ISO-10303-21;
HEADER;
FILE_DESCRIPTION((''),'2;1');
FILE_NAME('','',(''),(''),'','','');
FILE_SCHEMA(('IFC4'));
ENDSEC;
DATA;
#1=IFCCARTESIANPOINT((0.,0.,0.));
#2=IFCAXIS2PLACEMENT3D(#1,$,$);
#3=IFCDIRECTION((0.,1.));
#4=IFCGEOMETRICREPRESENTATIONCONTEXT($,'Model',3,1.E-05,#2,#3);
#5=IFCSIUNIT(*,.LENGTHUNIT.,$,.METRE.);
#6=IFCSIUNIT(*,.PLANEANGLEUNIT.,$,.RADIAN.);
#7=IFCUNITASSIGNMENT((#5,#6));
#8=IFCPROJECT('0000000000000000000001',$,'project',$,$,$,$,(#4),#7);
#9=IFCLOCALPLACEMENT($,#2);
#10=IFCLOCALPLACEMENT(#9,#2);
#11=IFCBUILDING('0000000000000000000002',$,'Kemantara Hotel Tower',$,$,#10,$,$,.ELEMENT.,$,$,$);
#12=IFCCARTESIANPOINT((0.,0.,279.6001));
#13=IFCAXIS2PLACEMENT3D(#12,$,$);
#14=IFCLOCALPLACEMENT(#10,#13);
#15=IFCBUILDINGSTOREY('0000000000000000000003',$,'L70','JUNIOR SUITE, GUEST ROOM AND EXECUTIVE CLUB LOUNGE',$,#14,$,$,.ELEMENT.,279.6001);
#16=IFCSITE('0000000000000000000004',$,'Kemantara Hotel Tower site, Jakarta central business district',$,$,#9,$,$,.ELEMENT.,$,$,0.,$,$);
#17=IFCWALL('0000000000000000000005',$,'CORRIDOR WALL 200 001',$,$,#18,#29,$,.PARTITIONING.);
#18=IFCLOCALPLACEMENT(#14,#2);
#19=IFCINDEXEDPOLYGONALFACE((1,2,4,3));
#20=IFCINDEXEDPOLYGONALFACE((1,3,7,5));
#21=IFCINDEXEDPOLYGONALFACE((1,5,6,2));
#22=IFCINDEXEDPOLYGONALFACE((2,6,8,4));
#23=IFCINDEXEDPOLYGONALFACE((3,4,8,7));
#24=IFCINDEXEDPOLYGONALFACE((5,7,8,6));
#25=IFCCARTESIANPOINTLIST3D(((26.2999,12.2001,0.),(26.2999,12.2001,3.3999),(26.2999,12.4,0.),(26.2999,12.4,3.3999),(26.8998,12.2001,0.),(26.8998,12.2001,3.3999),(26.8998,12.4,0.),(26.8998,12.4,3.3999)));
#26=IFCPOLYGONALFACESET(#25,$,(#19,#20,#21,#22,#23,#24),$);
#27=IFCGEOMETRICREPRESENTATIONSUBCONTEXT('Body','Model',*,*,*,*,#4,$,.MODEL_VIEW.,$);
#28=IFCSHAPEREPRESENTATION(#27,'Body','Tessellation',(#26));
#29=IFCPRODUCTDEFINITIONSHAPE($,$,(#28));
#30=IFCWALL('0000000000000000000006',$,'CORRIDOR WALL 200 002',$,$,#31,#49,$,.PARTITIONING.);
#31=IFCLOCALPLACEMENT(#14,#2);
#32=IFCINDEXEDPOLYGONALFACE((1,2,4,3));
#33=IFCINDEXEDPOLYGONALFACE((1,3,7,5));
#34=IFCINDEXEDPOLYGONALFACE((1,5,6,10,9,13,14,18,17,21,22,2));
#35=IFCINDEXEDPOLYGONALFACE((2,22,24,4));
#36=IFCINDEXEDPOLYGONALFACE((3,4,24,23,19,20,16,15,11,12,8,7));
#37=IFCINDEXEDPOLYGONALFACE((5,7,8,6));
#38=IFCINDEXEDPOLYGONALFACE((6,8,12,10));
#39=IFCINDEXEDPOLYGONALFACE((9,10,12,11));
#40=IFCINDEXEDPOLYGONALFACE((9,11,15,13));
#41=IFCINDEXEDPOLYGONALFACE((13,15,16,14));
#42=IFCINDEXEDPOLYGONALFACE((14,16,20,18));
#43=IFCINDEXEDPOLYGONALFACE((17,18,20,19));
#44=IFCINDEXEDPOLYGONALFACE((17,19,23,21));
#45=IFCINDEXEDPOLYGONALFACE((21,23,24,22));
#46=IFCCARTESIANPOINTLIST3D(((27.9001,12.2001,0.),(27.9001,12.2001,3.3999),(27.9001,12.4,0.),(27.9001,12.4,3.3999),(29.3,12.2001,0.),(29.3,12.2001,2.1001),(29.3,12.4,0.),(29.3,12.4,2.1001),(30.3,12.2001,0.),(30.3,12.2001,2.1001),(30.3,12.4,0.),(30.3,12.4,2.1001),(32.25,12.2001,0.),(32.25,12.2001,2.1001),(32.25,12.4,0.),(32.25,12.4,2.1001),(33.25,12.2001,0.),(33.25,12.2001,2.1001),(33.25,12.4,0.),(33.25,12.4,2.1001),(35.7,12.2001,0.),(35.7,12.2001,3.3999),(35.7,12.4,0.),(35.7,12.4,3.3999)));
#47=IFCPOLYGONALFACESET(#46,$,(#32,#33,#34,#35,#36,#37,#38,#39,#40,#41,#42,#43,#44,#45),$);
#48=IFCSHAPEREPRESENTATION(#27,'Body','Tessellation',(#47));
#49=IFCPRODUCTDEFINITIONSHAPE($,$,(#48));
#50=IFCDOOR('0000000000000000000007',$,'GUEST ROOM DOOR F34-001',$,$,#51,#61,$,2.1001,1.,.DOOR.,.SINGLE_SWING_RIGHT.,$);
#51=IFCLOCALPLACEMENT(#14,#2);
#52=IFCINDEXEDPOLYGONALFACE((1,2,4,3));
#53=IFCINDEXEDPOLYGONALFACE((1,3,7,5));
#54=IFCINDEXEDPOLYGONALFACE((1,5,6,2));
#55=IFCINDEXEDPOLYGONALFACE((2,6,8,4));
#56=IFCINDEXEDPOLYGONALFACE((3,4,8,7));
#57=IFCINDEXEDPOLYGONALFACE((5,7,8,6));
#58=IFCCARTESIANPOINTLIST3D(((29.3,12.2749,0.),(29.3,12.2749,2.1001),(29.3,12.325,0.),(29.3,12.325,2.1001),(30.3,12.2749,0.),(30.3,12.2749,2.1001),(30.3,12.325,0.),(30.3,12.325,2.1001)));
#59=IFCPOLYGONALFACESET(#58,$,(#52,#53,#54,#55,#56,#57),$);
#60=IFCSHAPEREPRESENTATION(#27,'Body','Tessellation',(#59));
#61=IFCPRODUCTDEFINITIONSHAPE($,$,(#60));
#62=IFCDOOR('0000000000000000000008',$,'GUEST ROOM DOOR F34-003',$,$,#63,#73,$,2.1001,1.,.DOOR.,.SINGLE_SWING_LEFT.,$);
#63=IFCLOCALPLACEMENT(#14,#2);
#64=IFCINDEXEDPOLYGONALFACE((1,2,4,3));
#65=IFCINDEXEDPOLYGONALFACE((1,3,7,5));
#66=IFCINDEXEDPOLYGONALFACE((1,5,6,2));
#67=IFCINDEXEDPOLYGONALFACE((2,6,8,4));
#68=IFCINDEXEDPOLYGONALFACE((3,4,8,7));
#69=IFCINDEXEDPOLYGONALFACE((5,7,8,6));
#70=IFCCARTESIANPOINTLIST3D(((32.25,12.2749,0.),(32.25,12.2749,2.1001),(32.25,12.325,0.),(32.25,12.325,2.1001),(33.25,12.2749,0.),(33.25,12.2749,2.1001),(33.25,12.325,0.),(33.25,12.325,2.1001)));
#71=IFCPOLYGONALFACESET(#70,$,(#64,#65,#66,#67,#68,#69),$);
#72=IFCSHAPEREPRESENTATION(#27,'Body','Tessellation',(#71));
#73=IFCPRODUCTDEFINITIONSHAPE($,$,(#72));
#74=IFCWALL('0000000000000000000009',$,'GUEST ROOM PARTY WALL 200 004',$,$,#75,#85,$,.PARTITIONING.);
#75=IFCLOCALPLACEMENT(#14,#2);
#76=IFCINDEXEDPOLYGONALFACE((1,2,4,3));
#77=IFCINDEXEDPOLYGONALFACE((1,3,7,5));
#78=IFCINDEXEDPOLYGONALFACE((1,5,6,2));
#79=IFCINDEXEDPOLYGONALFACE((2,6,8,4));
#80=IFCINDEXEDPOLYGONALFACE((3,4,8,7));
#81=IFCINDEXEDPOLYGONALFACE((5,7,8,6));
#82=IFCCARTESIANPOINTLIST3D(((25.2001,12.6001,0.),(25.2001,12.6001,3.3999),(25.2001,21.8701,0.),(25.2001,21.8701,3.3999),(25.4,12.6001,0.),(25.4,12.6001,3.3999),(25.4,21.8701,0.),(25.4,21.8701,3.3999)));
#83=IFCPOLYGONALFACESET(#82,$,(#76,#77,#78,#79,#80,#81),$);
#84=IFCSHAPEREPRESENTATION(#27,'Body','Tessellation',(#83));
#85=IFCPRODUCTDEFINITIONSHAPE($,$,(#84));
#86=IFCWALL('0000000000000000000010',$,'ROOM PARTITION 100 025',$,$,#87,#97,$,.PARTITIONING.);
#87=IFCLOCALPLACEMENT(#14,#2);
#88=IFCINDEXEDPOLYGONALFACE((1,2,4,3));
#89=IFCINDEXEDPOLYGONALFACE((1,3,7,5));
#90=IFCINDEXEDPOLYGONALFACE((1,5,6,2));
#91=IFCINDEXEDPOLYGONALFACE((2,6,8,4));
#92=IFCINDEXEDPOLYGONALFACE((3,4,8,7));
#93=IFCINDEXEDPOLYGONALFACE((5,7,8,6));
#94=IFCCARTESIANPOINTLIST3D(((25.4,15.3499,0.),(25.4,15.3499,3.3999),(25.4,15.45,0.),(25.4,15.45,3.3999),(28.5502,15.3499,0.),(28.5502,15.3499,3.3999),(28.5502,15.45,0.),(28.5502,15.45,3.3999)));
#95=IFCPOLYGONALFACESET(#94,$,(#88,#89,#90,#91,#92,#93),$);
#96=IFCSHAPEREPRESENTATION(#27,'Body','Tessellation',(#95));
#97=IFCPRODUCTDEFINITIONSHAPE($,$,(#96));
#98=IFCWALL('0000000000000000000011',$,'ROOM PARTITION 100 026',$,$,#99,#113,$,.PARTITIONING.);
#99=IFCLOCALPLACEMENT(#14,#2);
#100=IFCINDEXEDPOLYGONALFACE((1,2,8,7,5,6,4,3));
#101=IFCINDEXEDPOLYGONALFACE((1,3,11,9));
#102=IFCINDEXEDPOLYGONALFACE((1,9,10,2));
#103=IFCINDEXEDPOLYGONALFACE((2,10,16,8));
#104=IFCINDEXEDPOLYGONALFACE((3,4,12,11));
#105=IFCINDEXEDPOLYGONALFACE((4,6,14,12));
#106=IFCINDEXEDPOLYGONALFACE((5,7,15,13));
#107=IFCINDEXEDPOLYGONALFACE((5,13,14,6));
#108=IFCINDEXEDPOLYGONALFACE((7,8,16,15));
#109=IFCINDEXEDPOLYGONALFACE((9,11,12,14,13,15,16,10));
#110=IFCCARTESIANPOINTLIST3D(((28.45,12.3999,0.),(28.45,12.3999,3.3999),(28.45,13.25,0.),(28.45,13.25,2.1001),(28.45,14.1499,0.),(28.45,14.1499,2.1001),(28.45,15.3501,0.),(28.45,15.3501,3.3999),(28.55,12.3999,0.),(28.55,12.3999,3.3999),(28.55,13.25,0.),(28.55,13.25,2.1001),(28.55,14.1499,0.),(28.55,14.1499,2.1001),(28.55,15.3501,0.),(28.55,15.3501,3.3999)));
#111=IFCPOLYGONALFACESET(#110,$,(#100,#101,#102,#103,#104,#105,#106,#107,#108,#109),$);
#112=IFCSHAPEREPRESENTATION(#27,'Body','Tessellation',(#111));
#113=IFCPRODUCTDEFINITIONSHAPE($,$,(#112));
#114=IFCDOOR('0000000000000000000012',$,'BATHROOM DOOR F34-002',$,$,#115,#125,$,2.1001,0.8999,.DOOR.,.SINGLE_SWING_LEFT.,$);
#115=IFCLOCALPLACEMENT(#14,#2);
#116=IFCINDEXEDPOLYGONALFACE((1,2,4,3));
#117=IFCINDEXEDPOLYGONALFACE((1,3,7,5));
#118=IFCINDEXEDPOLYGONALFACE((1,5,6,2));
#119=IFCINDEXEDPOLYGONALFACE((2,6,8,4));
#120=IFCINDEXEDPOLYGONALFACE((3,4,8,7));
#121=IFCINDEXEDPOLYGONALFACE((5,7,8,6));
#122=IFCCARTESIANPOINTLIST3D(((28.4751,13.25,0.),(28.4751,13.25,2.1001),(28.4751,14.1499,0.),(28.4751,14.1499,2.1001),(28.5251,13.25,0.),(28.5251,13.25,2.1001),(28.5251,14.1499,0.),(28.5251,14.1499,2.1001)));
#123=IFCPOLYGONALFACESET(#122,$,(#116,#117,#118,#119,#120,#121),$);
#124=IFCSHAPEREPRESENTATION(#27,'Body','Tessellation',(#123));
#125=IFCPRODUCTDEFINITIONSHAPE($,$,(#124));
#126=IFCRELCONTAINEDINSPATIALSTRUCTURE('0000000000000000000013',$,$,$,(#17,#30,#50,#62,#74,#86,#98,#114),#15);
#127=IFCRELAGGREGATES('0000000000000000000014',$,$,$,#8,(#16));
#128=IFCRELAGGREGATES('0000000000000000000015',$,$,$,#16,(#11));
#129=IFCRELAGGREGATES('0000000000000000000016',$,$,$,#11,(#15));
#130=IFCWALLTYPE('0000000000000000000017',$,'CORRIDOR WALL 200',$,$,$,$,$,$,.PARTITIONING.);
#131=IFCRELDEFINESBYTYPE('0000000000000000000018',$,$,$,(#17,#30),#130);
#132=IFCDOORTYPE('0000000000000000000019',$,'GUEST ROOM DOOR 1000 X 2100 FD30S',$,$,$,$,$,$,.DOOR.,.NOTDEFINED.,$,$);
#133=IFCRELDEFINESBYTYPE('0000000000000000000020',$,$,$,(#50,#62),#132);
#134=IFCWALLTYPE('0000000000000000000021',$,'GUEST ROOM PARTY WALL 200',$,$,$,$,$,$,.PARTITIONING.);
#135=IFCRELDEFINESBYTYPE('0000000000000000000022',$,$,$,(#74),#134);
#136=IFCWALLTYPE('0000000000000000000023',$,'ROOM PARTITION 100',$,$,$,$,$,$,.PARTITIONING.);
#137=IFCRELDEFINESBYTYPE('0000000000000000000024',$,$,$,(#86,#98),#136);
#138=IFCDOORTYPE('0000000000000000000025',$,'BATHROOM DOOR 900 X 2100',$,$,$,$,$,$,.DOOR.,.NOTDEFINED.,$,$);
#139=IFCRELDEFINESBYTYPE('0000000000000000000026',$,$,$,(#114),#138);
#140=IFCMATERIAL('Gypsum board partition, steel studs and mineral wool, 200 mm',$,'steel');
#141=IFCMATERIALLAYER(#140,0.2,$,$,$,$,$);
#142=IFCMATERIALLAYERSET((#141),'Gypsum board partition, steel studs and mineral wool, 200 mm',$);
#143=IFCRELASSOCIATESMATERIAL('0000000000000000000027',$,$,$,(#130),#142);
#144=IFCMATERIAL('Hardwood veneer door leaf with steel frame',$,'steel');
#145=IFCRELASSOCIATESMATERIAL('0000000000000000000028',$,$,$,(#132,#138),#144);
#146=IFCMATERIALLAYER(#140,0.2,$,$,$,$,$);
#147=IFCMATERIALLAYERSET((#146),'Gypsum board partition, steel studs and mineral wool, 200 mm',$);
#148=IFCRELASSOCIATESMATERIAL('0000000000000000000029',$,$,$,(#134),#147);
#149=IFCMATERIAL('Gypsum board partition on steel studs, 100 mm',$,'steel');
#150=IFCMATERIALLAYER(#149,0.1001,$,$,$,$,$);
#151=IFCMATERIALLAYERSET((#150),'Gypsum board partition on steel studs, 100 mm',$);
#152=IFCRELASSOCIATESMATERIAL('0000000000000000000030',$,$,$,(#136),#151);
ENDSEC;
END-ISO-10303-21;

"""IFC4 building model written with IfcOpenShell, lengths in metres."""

from ifc_helpers import new_model, si_unit, direction, frame, frame_2d, origin, place, context, subcontext, project, spatial, rectangle, extrude, material, layer, layer_set, type_object, element, fill, save


model = new_model("IFC4")

# Units and contexts
model_context = context("Model", 3, precision=1e-05, world=origin(), true_north=direction((0.0, 1.0)))
body_context = subcontext(model_context, "Body", "Model", "MODEL_VIEW")
ifc_project = project(units=[si_unit("LENGTHUNIT", "METRE"), si_unit("PLANEANGLEUNIT", "RADIAN")], contexts=[model_context])

# Site, building, storey
site_placement = place(None, origin())
site = spatial("IfcSite", under=ifc_project, at=site_placement, Name="Kemantara Hotel Tower site, Jakarta central business district", CompositionType="ELEMENT", RefElevation=0.0)
building_placement = place(site_placement, origin())
building = spatial("IfcBuilding", under=site, at=building_placement, Name="Kemantara Hotel Tower", CompositionType="ELEMENT")
storey_placement = place(building_placement, frame((0.0, 0.0, 279.6001)))
storey = spatial("IfcBuildingStorey", under=building, at=storey_placement, Name="L70", Description="JUNIOR SUITE, GUEST ROOM AND EXECUTIVE CLUB LOUNGE", CompositionType="ELEMENT", Elevation=279.6001)

# Wall
ifc_material_1 = material(Name="Gypsum board partition, steel studs and mineral wool, 200 mm", Category="steel")
ifc_layer_1 = layer(ifc_material_1, 0.2)
ifc_layer_set_1 = layer_set([ifc_layer_1], Name="Gypsum board partition, steel studs and mineral wool, 200 mm")
wall_type_1 = type_object("IfcWallType", Name="CORRIDOR WALL 200", PredefinedType="PARTITIONING", material=ifc_layer_set_1)
wall_1_placement = place(storey_placement, frame((26.3, 12.3, 0.0), z_axis=(0.0, 0.0, 1.0), x_axis=(1.0, 0.0, 0.0)))
element("IfcWall", 1, at=wall_1_placement, inside=storey, type_object=wall_type_1, Name="CORRIDOR WALL 200 001", PredefinedType="PARTITIONING", context=body_context, shape_type="SweptSolid", body=[
    extrude(rectangle(XDim=0.5999, YDim=0.2, at=frame_2d((0.2998, 0.0))), origin(), (0.0, 0.0, 1.0), 3.3999),
])

# Wall, openings, doors
wall_2_placement = place(storey_placement, frame((27.9001, 12.3, 0.0), z_axis=(0.0, 0.0, 1.0), x_axis=(1.0, 0.0, 0.0)))
wall_2 = element("IfcWall", 2, at=wall_2_placement, inside=storey, type_object=wall_type_1, Name="CORRIDOR WALL 200 002", PredefinedType="PARTITIONING", context=body_context, shape_type="SweptSolid", body=[
    extrude(rectangle(XDim=7.7998, YDim=0.2, at=frame_2d((3.8999, 0.0))), origin(), (0.0, 0.0, 1.0), 3.3999),
])
opening_1_placement = place(wall_2_placement, frame((1.3999, 0.0, 0.0)))
opening_1 = element("IfcOpeningElement", 3, at=opening_1_placement, cuts=wall_2, PredefinedType="OPENING", context=body_context, shape_type="SweptSolid", body=[
    extrude(rectangle(XDim=1.0, YDim=2.1001, at=frame_2d((0.5, 1.05))), frame((0.0, 0.1099, 0.0), z_axis=(0.0, -1.0, 0.0), x_axis=(1.0, 0.0, 0.0)), (0.0, 0.0, 1.0), 0.22),
])
opening_2_placement = place(wall_2_placement, frame((4.3499, 0.0, 0.0)))
opening_2 = element("IfcOpeningElement", 4, at=opening_2_placement, cuts=wall_2, PredefinedType="OPENING", context=body_context, shape_type="SweptSolid", body=[
    extrude(rectangle(XDim=1.0, YDim=2.1001, at=frame_2d((0.5, 1.05))), frame((0.0, 0.1099, 0.0), z_axis=(0.0, -1.0, 0.0), x_axis=(1.0, 0.0, 0.0)), (0.0, 0.0, 1.0), 0.22),
])
ifc_material_2 = material(Name="Hardwood veneer door leaf with steel frame", Category="steel")
door_type_1 = type_object("IfcDoorType", Name="GUEST ROOM DOOR 1000 X 2100 FD30S", OperationType="NOTDEFINED", PredefinedType="DOOR", material=ifc_material_2)
door_1_placement = place(opening_1_placement, origin())
door_1 = element("IfcDoor", 5, at=door_1_placement, inside=storey, type_object=door_type_1, Name="GUEST ROOM DOOR F34-001", OperationType="SINGLE_SWING_RIGHT", OverallHeight=2.1001, OverallWidth=1.0, PredefinedType="DOOR", context=body_context, shape_type="SweptSolid", body=[
    extrude(rectangle(XDim=1.0, YDim=2.1001, at=frame_2d((0.5, 1.05))), frame((0.0, 0.0249, 0.0), z_axis=(0.0, -1.0, 0.0), x_axis=(1.0, 0.0, 0.0)), (0.0, 0.0, 1.0), 0.05),
])
fill(opening_1, door_1)
door_2_placement = place(opening_2_placement, origin())
door_2 = element("IfcDoor", 6, at=door_2_placement, inside=storey, type_object=door_type_1, Name="GUEST ROOM DOOR F34-003", OperationType="SINGLE_SWING_LEFT", OverallHeight=2.1001, OverallWidth=1.0, PredefinedType="DOOR", context=body_context, shape_type="SweptSolid", body=[
    extrude(rectangle(XDim=1.0, YDim=2.1001, at=frame_2d((0.5, 1.05))), frame((0.0, 0.0249, 0.0), z_axis=(0.0, -1.0, 0.0), x_axis=(1.0, 0.0, 0.0)), (0.0, 0.0, 1.0), 0.05),
])
fill(opening_2, door_2)

# Walls
ifc_layer_2 = layer(ifc_material_1, 0.2)
ifc_layer_set_2 = layer_set([ifc_layer_2], Name="Gypsum board partition, steel studs and mineral wool, 200 mm")
wall_type_2 = type_object("IfcWallType", Name="GUEST ROOM PARTY WALL 200", PredefinedType="PARTITIONING", material=ifc_layer_set_2)
wall_3_placement = place(storey_placement, frame((25.3, 12.6001, 0.0), z_axis=(0.0, 0.0, 1.0), x_axis=(0.0, 1.0, 0.0)))
element("IfcWall", 7, at=wall_3_placement, inside=storey, type_object=wall_type_2, Name="GUEST ROOM PARTY WALL 200 004", PredefinedType="PARTITIONING", context=body_context, shape_type="SweptSolid", body=[
    extrude(rectangle(XDim=9.27, YDim=0.2, at=frame_2d((4.635, 0.0))), origin(), (0.0, 0.0, 1.0), 3.3999),
])
ifc_material_3 = material(Name="Gypsum board partition on steel studs, 100 mm", Category="steel")
ifc_layer_3 = layer(ifc_material_3, 0.1001)
ifc_layer_set_3 = layer_set([ifc_layer_3], Name="Gypsum board partition on steel studs, 100 mm")
wall_type_3 = type_object("IfcWallType", Name="ROOM PARTITION 100", PredefinedType="PARTITIONING", material=ifc_layer_set_3)
wall_4_placement = place(storey_placement, frame((25.3999, 15.3999, 0.0), z_axis=(0.0, 0.0, 1.0), x_axis=(1.0, 0.0, 0.0)))
element("IfcWall", 8, at=wall_4_placement, inside=storey, type_object=wall_type_3, Name="ROOM PARTITION 100 025", PredefinedType="PARTITIONING", context=body_context, shape_type="SweptSolid", body=[
    extrude(rectangle(XDim=3.1501, YDim=0.1001, at=frame_2d((1.5752, 0.0))), origin(), (0.0, 0.0, 1.0), 3.3999),
])

# Wall, opening, door
wall_5_placement = place(storey_placement, frame((28.5, 12.3999, 0.0), z_axis=(0.0, 0.0, 1.0), x_axis=(0.0, 1.0, 0.0)))
wall_5 = element("IfcWall", 9, at=wall_5_placement, inside=storey, type_object=wall_type_3, Name="ROOM PARTITION 100 026", PredefinedType="PARTITIONING", context=body_context, shape_type="SweptSolid", body=[
    extrude(rectangle(XDim=2.9502, YDim=0.1001, at=frame_2d((1.4751, 0.0))), origin(), (0.0, 0.0, 1.0), 3.3999),
])
opening_3_placement = place(wall_5_placement, frame((0.8501, 0.0, 0.0)))
opening_3 = element("IfcOpeningElement", 10, at=opening_3_placement, cuts=wall_5, PredefinedType="OPENING", context=body_context, shape_type="SweptSolid", body=[
    extrude(rectangle(XDim=0.8999, YDim=2.1001, at=frame_2d((0.45, 1.05))), frame((0.0, 0.0601, 0.0), z_axis=(0.0, -1.0, 0.0), x_axis=(1.0, 0.0, 0.0)), (0.0, 0.0, 1.0), 0.1201),
])
door_type_2 = type_object("IfcDoorType", Name="BATHROOM DOOR 900 X 2100", OperationType="NOTDEFINED", PredefinedType="DOOR", material=ifc_material_2)
door_3_placement = place(opening_3_placement, origin())
door_3 = element("IfcDoor", 11, at=door_3_placement, inside=storey, type_object=door_type_2, Name="BATHROOM DOOR F34-002", OperationType="SINGLE_SWING_LEFT", OverallHeight=2.1001, OverallWidth=0.8999, PredefinedType="DOOR", context=body_context, shape_type="SweptSolid", body=[
    extrude(rectangle(XDim=0.8999, YDim=2.1001, at=frame_2d((0.45, 1.05))), frame((0.0, 0.0249, 0.0), z_axis=(0.0, -1.0, 0.0), x_axis=(1.0, 0.0, 0.0)), (0.0, 0.0, 1.0), 0.05),
])
fill(opening_3, door_3)

save(model, "model.ifc")
